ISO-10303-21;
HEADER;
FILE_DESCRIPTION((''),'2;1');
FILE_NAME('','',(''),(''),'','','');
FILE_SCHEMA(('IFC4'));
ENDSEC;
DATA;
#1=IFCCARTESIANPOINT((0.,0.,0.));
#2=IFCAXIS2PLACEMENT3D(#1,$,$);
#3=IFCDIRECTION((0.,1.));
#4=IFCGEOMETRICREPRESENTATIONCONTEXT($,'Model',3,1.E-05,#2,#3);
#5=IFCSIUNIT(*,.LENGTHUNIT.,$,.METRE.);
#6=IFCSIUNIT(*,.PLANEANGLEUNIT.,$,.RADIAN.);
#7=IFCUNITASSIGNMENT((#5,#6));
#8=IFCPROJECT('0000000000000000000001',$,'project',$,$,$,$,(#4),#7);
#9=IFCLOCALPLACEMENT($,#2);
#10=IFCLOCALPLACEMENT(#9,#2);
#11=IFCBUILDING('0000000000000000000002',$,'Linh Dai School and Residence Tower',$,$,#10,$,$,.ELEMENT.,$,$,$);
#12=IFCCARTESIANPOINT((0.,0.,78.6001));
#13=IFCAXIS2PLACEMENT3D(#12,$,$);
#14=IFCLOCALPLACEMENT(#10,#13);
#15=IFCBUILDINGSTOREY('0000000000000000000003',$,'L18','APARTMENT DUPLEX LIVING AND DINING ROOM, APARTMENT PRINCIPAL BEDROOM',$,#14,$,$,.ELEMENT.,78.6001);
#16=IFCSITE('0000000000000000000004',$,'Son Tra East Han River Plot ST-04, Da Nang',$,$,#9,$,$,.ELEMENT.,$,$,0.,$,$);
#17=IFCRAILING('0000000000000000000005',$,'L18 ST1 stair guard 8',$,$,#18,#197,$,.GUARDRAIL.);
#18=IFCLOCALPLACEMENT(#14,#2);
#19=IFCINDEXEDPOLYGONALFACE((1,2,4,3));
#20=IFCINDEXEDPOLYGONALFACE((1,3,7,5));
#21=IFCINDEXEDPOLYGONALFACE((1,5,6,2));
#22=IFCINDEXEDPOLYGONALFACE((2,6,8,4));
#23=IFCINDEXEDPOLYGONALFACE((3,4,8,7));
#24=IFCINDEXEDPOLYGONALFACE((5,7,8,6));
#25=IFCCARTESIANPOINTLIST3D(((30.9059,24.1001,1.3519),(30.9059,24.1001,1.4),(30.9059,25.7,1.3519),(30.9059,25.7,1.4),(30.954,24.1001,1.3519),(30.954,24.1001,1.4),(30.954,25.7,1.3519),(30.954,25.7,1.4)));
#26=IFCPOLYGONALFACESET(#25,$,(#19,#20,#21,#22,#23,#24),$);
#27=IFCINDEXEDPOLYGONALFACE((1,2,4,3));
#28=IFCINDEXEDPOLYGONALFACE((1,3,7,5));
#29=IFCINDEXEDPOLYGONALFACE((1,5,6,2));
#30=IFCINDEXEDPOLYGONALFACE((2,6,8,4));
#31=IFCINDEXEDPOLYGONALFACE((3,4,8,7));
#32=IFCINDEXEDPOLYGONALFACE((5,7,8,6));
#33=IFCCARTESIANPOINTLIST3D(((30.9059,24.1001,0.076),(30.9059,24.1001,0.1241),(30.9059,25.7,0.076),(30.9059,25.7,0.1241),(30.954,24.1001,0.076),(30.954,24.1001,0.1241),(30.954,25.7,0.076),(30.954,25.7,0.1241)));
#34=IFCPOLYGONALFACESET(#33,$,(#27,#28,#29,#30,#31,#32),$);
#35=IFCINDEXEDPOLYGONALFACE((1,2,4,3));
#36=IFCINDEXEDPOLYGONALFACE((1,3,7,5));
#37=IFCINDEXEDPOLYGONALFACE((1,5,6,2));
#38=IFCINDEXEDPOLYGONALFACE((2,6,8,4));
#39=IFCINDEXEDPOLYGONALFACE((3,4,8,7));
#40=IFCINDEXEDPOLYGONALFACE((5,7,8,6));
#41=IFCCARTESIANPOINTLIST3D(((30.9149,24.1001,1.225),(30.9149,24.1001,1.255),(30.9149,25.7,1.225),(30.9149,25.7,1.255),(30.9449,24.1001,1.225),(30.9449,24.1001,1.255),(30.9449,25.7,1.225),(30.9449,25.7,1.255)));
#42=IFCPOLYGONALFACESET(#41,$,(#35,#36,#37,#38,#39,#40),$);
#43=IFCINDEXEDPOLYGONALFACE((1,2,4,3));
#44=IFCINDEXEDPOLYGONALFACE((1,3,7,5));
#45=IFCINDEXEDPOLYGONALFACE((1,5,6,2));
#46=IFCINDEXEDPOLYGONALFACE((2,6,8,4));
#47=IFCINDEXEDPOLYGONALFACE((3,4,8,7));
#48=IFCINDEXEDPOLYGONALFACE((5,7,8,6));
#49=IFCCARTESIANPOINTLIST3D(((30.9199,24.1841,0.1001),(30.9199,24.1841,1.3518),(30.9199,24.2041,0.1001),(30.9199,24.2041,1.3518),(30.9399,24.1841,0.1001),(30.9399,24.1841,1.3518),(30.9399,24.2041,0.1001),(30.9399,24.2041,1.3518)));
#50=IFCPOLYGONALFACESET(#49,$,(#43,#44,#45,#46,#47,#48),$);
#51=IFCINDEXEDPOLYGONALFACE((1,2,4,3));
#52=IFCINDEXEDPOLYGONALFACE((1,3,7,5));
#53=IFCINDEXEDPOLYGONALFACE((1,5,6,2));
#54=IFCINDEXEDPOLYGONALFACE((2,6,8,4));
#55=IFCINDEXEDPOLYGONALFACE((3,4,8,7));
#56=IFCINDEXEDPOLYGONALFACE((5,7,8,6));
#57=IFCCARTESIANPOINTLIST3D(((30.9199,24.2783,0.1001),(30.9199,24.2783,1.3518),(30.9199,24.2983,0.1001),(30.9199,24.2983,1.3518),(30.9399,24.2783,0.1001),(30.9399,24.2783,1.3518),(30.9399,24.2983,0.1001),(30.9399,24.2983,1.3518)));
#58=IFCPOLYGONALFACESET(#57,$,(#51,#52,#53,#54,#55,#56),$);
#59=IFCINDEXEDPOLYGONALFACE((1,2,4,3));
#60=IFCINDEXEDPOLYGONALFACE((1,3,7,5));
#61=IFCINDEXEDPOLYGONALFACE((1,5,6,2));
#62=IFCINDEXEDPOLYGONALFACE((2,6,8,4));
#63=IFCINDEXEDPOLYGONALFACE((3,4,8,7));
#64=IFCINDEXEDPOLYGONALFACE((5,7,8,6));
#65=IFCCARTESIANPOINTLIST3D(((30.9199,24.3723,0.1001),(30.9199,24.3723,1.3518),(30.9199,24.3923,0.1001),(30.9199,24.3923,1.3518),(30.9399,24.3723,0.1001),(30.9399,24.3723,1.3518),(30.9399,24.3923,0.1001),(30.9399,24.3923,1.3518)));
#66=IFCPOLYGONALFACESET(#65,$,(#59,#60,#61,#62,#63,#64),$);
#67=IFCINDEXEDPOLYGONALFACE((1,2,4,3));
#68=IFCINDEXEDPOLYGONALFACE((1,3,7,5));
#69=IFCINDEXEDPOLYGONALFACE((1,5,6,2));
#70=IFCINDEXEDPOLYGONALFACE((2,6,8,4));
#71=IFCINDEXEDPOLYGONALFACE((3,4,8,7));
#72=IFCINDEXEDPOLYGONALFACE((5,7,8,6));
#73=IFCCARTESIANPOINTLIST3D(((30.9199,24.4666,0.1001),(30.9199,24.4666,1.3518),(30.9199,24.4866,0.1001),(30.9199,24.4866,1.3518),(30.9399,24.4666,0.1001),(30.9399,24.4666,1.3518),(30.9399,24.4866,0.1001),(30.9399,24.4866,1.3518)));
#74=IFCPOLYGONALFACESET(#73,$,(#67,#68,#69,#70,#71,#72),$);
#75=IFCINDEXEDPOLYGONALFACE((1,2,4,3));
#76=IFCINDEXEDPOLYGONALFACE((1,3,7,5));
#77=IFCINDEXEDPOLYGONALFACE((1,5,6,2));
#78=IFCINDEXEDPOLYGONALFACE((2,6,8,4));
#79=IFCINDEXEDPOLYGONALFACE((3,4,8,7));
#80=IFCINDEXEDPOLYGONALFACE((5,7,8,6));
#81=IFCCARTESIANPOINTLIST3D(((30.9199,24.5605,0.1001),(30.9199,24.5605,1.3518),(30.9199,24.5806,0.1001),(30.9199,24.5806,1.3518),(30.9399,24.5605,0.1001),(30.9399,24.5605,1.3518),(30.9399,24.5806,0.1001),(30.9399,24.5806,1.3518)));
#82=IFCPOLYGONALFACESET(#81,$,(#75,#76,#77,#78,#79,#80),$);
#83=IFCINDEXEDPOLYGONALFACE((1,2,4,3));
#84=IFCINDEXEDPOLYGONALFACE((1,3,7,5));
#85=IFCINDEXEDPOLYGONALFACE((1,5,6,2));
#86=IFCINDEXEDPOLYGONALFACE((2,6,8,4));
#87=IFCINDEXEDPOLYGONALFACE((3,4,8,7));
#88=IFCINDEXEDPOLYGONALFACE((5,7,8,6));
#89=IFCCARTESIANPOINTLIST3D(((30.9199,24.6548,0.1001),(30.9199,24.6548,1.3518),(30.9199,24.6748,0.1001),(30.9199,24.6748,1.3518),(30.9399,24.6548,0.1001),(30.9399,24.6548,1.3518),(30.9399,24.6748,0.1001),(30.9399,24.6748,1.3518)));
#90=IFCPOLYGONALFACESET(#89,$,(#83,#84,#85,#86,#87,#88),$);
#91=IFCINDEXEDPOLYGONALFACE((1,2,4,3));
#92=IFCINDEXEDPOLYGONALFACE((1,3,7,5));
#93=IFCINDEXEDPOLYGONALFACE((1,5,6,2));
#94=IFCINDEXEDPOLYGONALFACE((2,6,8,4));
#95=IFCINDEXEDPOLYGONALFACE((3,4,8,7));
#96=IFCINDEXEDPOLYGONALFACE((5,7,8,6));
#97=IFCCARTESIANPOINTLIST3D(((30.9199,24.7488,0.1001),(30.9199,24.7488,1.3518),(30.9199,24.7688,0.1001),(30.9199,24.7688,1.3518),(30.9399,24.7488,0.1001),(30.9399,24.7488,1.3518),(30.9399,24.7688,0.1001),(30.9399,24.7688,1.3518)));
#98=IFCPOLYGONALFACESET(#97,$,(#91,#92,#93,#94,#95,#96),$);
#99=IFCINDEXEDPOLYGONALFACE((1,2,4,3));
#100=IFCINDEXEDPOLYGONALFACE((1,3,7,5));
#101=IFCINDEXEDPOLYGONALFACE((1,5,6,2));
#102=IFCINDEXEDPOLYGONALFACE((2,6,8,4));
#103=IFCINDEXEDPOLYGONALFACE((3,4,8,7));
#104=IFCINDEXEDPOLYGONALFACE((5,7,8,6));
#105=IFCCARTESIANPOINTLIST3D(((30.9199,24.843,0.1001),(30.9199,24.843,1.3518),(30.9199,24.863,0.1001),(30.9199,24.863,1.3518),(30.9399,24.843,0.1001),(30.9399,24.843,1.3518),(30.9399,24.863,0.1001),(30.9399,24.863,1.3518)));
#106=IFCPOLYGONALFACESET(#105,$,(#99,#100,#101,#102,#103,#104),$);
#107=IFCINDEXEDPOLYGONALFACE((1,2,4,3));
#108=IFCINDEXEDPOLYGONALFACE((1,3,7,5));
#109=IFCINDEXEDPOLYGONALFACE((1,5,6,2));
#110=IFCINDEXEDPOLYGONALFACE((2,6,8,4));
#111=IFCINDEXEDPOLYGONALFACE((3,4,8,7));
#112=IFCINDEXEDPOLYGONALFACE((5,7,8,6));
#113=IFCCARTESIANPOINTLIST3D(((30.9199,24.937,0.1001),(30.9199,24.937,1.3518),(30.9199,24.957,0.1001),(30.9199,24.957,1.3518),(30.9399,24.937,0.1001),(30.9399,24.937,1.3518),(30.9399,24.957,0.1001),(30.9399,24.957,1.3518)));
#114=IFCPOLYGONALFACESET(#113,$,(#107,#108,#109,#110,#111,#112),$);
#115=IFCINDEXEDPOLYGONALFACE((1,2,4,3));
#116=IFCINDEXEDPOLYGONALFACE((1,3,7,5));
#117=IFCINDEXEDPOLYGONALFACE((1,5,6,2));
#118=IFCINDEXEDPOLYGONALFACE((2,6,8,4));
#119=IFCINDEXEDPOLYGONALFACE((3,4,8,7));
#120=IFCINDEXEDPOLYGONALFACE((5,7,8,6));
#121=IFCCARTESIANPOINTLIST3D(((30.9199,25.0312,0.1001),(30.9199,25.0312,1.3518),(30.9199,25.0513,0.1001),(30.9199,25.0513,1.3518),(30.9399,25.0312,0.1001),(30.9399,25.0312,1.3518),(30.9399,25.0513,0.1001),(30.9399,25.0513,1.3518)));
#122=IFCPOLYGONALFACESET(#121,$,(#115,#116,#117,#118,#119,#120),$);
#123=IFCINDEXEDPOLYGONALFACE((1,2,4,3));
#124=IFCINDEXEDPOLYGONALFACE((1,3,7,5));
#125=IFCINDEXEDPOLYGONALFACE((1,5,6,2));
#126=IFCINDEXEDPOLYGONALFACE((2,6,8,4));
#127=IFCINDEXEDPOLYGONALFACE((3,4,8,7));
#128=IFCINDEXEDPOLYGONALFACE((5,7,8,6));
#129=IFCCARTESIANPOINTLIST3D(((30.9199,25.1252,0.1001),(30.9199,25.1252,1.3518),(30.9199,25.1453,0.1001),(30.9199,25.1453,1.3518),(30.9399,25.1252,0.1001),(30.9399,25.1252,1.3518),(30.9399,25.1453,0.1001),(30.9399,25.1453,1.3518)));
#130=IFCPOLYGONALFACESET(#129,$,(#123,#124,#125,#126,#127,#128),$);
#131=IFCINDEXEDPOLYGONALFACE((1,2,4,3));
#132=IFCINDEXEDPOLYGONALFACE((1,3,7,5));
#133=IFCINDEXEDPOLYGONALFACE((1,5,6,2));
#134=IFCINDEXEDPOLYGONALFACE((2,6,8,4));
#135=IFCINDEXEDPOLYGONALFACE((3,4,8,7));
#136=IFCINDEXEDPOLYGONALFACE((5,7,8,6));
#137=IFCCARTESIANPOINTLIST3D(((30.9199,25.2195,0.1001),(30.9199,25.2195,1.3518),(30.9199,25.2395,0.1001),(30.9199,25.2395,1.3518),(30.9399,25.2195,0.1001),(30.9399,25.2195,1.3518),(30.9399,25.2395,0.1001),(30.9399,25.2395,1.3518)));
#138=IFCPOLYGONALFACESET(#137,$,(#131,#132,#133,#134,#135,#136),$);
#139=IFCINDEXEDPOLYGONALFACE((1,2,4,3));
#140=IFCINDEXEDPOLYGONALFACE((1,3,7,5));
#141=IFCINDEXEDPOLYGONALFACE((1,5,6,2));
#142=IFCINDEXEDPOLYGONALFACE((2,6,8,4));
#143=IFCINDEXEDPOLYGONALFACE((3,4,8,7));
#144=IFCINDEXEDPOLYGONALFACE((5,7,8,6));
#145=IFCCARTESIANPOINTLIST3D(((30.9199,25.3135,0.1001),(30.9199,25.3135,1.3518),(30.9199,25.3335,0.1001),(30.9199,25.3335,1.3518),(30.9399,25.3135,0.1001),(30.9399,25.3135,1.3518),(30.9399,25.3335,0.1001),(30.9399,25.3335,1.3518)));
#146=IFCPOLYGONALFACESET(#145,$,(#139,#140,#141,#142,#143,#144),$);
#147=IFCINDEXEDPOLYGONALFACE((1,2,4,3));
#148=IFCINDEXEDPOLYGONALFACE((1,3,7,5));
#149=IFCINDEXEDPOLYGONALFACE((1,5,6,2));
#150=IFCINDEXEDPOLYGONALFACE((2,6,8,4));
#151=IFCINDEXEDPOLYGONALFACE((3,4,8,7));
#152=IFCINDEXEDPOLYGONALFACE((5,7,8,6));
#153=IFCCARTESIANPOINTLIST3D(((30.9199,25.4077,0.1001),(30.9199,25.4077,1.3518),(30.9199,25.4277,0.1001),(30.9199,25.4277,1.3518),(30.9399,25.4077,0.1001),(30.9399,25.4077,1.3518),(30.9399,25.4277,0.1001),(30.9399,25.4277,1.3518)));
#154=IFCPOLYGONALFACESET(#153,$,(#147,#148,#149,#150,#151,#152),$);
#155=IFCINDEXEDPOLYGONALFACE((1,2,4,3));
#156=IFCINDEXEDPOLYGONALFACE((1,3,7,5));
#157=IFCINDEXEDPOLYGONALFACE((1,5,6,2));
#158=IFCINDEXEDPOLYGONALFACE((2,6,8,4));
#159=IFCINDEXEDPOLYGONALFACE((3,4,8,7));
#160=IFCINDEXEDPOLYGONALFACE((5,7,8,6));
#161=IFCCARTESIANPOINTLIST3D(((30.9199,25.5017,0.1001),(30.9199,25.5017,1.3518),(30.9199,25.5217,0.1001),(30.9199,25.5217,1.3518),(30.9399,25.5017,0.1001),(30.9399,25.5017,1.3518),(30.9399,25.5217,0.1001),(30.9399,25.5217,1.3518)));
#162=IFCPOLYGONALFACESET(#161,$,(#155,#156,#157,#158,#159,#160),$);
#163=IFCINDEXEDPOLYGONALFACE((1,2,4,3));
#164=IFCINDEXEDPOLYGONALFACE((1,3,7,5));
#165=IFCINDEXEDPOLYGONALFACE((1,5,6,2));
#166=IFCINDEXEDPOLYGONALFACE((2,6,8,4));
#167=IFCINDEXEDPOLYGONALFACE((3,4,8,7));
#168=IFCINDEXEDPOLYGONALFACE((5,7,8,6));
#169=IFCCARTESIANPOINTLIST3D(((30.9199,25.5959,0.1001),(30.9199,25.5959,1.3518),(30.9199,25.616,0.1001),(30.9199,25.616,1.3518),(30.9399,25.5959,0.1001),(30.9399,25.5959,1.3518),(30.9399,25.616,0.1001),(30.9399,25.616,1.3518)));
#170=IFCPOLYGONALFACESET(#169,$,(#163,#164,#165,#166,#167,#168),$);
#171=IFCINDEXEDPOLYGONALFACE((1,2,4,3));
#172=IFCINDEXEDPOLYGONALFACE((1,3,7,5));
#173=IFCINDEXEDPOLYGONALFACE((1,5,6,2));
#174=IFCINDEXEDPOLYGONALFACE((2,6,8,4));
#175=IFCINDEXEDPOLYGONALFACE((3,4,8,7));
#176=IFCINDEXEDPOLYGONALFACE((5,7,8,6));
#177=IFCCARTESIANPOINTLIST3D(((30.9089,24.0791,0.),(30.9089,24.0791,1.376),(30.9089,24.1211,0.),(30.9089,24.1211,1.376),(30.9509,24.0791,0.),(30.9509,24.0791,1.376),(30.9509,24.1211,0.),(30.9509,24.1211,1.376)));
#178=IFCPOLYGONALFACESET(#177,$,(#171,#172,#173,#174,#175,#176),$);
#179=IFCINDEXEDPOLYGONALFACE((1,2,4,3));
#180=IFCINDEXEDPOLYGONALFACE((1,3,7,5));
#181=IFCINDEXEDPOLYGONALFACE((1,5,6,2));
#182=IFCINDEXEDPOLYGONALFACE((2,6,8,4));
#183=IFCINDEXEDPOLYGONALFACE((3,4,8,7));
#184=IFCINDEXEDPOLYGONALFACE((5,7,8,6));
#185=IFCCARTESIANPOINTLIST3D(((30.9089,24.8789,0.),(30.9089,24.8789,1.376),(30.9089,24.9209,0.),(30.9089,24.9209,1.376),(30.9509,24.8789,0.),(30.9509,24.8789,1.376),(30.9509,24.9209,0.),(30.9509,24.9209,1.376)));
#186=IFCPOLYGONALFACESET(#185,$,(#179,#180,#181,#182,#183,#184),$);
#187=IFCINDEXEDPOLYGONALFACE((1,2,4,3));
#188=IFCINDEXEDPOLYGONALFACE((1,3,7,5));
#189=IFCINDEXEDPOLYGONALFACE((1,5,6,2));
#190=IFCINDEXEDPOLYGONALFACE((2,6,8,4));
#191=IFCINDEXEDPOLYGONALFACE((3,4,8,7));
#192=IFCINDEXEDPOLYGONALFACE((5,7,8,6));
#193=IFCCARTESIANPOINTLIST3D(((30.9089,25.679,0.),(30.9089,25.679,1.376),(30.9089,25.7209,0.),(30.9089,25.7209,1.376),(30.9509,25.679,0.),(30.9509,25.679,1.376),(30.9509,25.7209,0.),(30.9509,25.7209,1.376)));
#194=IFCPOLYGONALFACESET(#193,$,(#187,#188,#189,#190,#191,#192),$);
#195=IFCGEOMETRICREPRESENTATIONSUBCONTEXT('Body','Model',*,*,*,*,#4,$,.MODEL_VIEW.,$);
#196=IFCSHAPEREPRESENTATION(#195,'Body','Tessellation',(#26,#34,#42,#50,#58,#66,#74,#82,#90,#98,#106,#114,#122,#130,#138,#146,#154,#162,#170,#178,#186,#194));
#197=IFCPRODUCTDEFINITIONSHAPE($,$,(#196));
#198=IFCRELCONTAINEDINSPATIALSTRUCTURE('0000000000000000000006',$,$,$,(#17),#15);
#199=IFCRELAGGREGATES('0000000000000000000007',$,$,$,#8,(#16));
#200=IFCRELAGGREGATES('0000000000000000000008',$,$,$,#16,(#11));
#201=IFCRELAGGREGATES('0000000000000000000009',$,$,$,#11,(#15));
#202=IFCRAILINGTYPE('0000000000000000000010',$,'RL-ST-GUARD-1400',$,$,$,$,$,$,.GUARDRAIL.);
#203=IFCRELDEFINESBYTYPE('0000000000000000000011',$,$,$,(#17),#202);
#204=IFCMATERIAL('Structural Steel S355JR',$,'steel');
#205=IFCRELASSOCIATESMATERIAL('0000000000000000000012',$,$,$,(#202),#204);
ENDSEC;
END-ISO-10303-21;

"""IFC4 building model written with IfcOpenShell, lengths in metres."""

from ifc_helpers import new_model, si_unit, direction, frame, origin, origin_2d, place, context, subcontext, project, spatial, rectangle, extrude, source, transform, mapped, material, type_object, element, save


model = new_model("IFC4")

# Units and contexts
model_context = context("Model", 3, precision=1e-05, world=origin(), true_north=direction((0.0, 1.0)))
body_context = subcontext(model_context, "Body", "Model", "MODEL_VIEW")
ifc_project = project(units=[si_unit("LENGTHUNIT", "METRE"), si_unit("PLANEANGLEUNIT", "RADIAN")], contexts=[model_context])

# Site, building, storey
site_placement = place(None, origin())
site = spatial("IfcSite", under=ifc_project, at=site_placement, Name="Son Tra East Han River Plot ST-04, Da Nang", CompositionType="ELEMENT", RefElevation=0.0)
building_placement = place(site_placement, origin())
building = spatial("IfcBuilding", under=site, at=building_placement, Name="Linh Dai School and Residence Tower", CompositionType="ELEMENT")
storey_placement = place(building_placement, frame((0.0, 0.0, 78.6001)))
storey = spatial("IfcBuildingStorey", under=building, at=storey_placement, Name="L18", Description="APARTMENT DUPLEX LIVING AND DINING ROOM, APARTMENT PRINCIPAL BEDROOM", CompositionType="ELEMENT", Elevation=78.6001)

# Shared definitions
ifc_material_1 = material(Name="Structural Steel S355JR", Category="steel")

# Railing
railing_type_1 = type_object("IfcRailingType", Name="RL-ST-GUARD-1400", PredefinedType="GUARDRAIL", material=ifc_material_1)
shared_shape_1 = source(origin(), body_context, "Body", "SweptSolid", [
    extrude(rectangle(XDim=0.0481, YDim=0.0481, at=origin_2d()), frame((0.0, 0.0, 1.376), z_axis=(0.0, 1.0, 0.0), x_axis=(-1.0, 0.0, 0.0)), (0.0, 0.0, 1.0), 1.5999),
    extrude(rectangle(XDim=0.0481, YDim=0.0481, at=origin_2d()), frame((0.0, 0.0, 0.1001), z_axis=(0.0, 1.0, 0.0), x_axis=(-1.0, 0.0, 0.0)), (0.0, 0.0, 1.0), 1.5999),
    extrude(rectangle(XDim=0.03, YDim=0.03, at=origin_2d()), frame((0.0, 0.0, 1.24), z_axis=(0.0, 1.0, 0.0), x_axis=(-1.0, 0.0, 0.0)), (0.0, 0.0, 1.0), 1.5999),
    extrude(rectangle(XDim=0.02, YDim=0.02, at=origin_2d()), frame((0.0, 0.094, 0.1001)), (0.0, 0.0, 1.0), 1.2517),
    extrude(rectangle(XDim=0.02, YDim=0.02, at=origin_2d()), frame((0.0, 0.1882, 0.1001)), (0.0, 0.0, 1.0), 1.2517),
    extrude(rectangle(XDim=0.02, YDim=0.02, at=origin_2d()), frame((0.0, 0.2822, 0.1001)), (0.0, 0.0, 1.0), 1.2517),
    extrude(rectangle(XDim=0.02, YDim=0.02, at=origin_2d()), frame((0.0, 0.3765, 0.1001)), (0.0, 0.0, 1.0), 1.2517),
    extrude(rectangle(XDim=0.02, YDim=0.02, at=origin_2d()), frame((0.0, 0.4705, 0.1001)), (0.0, 0.0, 1.0), 1.2517),
    extrude(rectangle(XDim=0.02, YDim=0.02, at=origin_2d()), frame((0.0, 0.5647, 0.1001)), (0.0, 0.0, 1.0), 1.2517),
    extrude(rectangle(XDim=0.02, YDim=0.02, at=origin_2d()), frame((0.0, 0.6587, 0.1001)), (0.0, 0.0, 1.0), 1.2517),
    extrude(rectangle(XDim=0.02, YDim=0.02, at=origin_2d()), frame((0.0, 0.7529, 0.1001)), (0.0, 0.0, 1.0), 1.2517),
    extrude(rectangle(XDim=0.02, YDim=0.02, at=origin_2d()), frame((0.0, 0.8469, 0.1001)), (0.0, 0.0, 1.0), 1.2517),
    extrude(rectangle(XDim=0.02, YDim=0.02, at=origin_2d()), frame((0.0, 0.9412, 0.1001)), (0.0, 0.0, 1.0), 1.2517),
    extrude(rectangle(XDim=0.02, YDim=0.02, at=origin_2d()), frame((0.0, 1.0352, 0.1001)), (0.0, 0.0, 1.0), 1.2517),
    extrude(rectangle(XDim=0.02, YDim=0.02, at=origin_2d()), frame((0.0, 1.1294, 0.1001)), (0.0, 0.0, 1.0), 1.2517),
    extrude(rectangle(XDim=0.02, YDim=0.02, at=origin_2d()), frame((0.0, 1.2234, 0.1001)), (0.0, 0.0, 1.0), 1.2517),
    extrude(rectangle(XDim=0.02, YDim=0.02, at=origin_2d()), frame((0.0, 1.3176, 0.1001)), (0.0, 0.0, 1.0), 1.2517),
    extrude(rectangle(XDim=0.02, YDim=0.02, at=origin_2d()), frame((0.0, 1.4116, 0.1001)), (0.0, 0.0, 1.0), 1.2517),
    extrude(rectangle(XDim=0.02, YDim=0.02, at=origin_2d()), frame((0.0, 1.5059, 0.1001)), (0.0, 0.0, 1.0), 1.2517),
    extrude(rectangle(XDim=0.042, YDim=0.042, at=origin_2d()), origin(), (0.0, 0.0, 1.0), 1.376),
    extrude(rectangle(XDim=0.042, YDim=0.042, at=origin_2d()), frame((0.0, 0.7998, 0.0)), (0.0, 0.0, 1.0), 1.376),
    extrude(rectangle(XDim=0.042, YDim=0.042, at=origin_2d()), frame((0.0, 1.5999, 0.0)), (0.0, 0.0, 1.0), 1.376),
])
for number, where, name in (
    (1, (30.9299, 24.1001, 0.0), "L18 ST1 stair guard 8"),
):
    element("IfcRailing", number, at=place(storey_placement, frame(where)), inside=storey, type_object=railing_type_1, Name=name, PredefinedType="GUARDRAIL", context=body_context, shape_type="MappedRepresentation", body=[
        mapped(shared_shape_1, transform((0.0, 0.0, 0.0), x_axis=(1.0, 0.0, 0.0), y_axis=(0.0, 1.0, 0.0), z_axis=(0.0, 0.0, 1.0), scale=1.0)),
    ])

save(model, "model.ifc")
